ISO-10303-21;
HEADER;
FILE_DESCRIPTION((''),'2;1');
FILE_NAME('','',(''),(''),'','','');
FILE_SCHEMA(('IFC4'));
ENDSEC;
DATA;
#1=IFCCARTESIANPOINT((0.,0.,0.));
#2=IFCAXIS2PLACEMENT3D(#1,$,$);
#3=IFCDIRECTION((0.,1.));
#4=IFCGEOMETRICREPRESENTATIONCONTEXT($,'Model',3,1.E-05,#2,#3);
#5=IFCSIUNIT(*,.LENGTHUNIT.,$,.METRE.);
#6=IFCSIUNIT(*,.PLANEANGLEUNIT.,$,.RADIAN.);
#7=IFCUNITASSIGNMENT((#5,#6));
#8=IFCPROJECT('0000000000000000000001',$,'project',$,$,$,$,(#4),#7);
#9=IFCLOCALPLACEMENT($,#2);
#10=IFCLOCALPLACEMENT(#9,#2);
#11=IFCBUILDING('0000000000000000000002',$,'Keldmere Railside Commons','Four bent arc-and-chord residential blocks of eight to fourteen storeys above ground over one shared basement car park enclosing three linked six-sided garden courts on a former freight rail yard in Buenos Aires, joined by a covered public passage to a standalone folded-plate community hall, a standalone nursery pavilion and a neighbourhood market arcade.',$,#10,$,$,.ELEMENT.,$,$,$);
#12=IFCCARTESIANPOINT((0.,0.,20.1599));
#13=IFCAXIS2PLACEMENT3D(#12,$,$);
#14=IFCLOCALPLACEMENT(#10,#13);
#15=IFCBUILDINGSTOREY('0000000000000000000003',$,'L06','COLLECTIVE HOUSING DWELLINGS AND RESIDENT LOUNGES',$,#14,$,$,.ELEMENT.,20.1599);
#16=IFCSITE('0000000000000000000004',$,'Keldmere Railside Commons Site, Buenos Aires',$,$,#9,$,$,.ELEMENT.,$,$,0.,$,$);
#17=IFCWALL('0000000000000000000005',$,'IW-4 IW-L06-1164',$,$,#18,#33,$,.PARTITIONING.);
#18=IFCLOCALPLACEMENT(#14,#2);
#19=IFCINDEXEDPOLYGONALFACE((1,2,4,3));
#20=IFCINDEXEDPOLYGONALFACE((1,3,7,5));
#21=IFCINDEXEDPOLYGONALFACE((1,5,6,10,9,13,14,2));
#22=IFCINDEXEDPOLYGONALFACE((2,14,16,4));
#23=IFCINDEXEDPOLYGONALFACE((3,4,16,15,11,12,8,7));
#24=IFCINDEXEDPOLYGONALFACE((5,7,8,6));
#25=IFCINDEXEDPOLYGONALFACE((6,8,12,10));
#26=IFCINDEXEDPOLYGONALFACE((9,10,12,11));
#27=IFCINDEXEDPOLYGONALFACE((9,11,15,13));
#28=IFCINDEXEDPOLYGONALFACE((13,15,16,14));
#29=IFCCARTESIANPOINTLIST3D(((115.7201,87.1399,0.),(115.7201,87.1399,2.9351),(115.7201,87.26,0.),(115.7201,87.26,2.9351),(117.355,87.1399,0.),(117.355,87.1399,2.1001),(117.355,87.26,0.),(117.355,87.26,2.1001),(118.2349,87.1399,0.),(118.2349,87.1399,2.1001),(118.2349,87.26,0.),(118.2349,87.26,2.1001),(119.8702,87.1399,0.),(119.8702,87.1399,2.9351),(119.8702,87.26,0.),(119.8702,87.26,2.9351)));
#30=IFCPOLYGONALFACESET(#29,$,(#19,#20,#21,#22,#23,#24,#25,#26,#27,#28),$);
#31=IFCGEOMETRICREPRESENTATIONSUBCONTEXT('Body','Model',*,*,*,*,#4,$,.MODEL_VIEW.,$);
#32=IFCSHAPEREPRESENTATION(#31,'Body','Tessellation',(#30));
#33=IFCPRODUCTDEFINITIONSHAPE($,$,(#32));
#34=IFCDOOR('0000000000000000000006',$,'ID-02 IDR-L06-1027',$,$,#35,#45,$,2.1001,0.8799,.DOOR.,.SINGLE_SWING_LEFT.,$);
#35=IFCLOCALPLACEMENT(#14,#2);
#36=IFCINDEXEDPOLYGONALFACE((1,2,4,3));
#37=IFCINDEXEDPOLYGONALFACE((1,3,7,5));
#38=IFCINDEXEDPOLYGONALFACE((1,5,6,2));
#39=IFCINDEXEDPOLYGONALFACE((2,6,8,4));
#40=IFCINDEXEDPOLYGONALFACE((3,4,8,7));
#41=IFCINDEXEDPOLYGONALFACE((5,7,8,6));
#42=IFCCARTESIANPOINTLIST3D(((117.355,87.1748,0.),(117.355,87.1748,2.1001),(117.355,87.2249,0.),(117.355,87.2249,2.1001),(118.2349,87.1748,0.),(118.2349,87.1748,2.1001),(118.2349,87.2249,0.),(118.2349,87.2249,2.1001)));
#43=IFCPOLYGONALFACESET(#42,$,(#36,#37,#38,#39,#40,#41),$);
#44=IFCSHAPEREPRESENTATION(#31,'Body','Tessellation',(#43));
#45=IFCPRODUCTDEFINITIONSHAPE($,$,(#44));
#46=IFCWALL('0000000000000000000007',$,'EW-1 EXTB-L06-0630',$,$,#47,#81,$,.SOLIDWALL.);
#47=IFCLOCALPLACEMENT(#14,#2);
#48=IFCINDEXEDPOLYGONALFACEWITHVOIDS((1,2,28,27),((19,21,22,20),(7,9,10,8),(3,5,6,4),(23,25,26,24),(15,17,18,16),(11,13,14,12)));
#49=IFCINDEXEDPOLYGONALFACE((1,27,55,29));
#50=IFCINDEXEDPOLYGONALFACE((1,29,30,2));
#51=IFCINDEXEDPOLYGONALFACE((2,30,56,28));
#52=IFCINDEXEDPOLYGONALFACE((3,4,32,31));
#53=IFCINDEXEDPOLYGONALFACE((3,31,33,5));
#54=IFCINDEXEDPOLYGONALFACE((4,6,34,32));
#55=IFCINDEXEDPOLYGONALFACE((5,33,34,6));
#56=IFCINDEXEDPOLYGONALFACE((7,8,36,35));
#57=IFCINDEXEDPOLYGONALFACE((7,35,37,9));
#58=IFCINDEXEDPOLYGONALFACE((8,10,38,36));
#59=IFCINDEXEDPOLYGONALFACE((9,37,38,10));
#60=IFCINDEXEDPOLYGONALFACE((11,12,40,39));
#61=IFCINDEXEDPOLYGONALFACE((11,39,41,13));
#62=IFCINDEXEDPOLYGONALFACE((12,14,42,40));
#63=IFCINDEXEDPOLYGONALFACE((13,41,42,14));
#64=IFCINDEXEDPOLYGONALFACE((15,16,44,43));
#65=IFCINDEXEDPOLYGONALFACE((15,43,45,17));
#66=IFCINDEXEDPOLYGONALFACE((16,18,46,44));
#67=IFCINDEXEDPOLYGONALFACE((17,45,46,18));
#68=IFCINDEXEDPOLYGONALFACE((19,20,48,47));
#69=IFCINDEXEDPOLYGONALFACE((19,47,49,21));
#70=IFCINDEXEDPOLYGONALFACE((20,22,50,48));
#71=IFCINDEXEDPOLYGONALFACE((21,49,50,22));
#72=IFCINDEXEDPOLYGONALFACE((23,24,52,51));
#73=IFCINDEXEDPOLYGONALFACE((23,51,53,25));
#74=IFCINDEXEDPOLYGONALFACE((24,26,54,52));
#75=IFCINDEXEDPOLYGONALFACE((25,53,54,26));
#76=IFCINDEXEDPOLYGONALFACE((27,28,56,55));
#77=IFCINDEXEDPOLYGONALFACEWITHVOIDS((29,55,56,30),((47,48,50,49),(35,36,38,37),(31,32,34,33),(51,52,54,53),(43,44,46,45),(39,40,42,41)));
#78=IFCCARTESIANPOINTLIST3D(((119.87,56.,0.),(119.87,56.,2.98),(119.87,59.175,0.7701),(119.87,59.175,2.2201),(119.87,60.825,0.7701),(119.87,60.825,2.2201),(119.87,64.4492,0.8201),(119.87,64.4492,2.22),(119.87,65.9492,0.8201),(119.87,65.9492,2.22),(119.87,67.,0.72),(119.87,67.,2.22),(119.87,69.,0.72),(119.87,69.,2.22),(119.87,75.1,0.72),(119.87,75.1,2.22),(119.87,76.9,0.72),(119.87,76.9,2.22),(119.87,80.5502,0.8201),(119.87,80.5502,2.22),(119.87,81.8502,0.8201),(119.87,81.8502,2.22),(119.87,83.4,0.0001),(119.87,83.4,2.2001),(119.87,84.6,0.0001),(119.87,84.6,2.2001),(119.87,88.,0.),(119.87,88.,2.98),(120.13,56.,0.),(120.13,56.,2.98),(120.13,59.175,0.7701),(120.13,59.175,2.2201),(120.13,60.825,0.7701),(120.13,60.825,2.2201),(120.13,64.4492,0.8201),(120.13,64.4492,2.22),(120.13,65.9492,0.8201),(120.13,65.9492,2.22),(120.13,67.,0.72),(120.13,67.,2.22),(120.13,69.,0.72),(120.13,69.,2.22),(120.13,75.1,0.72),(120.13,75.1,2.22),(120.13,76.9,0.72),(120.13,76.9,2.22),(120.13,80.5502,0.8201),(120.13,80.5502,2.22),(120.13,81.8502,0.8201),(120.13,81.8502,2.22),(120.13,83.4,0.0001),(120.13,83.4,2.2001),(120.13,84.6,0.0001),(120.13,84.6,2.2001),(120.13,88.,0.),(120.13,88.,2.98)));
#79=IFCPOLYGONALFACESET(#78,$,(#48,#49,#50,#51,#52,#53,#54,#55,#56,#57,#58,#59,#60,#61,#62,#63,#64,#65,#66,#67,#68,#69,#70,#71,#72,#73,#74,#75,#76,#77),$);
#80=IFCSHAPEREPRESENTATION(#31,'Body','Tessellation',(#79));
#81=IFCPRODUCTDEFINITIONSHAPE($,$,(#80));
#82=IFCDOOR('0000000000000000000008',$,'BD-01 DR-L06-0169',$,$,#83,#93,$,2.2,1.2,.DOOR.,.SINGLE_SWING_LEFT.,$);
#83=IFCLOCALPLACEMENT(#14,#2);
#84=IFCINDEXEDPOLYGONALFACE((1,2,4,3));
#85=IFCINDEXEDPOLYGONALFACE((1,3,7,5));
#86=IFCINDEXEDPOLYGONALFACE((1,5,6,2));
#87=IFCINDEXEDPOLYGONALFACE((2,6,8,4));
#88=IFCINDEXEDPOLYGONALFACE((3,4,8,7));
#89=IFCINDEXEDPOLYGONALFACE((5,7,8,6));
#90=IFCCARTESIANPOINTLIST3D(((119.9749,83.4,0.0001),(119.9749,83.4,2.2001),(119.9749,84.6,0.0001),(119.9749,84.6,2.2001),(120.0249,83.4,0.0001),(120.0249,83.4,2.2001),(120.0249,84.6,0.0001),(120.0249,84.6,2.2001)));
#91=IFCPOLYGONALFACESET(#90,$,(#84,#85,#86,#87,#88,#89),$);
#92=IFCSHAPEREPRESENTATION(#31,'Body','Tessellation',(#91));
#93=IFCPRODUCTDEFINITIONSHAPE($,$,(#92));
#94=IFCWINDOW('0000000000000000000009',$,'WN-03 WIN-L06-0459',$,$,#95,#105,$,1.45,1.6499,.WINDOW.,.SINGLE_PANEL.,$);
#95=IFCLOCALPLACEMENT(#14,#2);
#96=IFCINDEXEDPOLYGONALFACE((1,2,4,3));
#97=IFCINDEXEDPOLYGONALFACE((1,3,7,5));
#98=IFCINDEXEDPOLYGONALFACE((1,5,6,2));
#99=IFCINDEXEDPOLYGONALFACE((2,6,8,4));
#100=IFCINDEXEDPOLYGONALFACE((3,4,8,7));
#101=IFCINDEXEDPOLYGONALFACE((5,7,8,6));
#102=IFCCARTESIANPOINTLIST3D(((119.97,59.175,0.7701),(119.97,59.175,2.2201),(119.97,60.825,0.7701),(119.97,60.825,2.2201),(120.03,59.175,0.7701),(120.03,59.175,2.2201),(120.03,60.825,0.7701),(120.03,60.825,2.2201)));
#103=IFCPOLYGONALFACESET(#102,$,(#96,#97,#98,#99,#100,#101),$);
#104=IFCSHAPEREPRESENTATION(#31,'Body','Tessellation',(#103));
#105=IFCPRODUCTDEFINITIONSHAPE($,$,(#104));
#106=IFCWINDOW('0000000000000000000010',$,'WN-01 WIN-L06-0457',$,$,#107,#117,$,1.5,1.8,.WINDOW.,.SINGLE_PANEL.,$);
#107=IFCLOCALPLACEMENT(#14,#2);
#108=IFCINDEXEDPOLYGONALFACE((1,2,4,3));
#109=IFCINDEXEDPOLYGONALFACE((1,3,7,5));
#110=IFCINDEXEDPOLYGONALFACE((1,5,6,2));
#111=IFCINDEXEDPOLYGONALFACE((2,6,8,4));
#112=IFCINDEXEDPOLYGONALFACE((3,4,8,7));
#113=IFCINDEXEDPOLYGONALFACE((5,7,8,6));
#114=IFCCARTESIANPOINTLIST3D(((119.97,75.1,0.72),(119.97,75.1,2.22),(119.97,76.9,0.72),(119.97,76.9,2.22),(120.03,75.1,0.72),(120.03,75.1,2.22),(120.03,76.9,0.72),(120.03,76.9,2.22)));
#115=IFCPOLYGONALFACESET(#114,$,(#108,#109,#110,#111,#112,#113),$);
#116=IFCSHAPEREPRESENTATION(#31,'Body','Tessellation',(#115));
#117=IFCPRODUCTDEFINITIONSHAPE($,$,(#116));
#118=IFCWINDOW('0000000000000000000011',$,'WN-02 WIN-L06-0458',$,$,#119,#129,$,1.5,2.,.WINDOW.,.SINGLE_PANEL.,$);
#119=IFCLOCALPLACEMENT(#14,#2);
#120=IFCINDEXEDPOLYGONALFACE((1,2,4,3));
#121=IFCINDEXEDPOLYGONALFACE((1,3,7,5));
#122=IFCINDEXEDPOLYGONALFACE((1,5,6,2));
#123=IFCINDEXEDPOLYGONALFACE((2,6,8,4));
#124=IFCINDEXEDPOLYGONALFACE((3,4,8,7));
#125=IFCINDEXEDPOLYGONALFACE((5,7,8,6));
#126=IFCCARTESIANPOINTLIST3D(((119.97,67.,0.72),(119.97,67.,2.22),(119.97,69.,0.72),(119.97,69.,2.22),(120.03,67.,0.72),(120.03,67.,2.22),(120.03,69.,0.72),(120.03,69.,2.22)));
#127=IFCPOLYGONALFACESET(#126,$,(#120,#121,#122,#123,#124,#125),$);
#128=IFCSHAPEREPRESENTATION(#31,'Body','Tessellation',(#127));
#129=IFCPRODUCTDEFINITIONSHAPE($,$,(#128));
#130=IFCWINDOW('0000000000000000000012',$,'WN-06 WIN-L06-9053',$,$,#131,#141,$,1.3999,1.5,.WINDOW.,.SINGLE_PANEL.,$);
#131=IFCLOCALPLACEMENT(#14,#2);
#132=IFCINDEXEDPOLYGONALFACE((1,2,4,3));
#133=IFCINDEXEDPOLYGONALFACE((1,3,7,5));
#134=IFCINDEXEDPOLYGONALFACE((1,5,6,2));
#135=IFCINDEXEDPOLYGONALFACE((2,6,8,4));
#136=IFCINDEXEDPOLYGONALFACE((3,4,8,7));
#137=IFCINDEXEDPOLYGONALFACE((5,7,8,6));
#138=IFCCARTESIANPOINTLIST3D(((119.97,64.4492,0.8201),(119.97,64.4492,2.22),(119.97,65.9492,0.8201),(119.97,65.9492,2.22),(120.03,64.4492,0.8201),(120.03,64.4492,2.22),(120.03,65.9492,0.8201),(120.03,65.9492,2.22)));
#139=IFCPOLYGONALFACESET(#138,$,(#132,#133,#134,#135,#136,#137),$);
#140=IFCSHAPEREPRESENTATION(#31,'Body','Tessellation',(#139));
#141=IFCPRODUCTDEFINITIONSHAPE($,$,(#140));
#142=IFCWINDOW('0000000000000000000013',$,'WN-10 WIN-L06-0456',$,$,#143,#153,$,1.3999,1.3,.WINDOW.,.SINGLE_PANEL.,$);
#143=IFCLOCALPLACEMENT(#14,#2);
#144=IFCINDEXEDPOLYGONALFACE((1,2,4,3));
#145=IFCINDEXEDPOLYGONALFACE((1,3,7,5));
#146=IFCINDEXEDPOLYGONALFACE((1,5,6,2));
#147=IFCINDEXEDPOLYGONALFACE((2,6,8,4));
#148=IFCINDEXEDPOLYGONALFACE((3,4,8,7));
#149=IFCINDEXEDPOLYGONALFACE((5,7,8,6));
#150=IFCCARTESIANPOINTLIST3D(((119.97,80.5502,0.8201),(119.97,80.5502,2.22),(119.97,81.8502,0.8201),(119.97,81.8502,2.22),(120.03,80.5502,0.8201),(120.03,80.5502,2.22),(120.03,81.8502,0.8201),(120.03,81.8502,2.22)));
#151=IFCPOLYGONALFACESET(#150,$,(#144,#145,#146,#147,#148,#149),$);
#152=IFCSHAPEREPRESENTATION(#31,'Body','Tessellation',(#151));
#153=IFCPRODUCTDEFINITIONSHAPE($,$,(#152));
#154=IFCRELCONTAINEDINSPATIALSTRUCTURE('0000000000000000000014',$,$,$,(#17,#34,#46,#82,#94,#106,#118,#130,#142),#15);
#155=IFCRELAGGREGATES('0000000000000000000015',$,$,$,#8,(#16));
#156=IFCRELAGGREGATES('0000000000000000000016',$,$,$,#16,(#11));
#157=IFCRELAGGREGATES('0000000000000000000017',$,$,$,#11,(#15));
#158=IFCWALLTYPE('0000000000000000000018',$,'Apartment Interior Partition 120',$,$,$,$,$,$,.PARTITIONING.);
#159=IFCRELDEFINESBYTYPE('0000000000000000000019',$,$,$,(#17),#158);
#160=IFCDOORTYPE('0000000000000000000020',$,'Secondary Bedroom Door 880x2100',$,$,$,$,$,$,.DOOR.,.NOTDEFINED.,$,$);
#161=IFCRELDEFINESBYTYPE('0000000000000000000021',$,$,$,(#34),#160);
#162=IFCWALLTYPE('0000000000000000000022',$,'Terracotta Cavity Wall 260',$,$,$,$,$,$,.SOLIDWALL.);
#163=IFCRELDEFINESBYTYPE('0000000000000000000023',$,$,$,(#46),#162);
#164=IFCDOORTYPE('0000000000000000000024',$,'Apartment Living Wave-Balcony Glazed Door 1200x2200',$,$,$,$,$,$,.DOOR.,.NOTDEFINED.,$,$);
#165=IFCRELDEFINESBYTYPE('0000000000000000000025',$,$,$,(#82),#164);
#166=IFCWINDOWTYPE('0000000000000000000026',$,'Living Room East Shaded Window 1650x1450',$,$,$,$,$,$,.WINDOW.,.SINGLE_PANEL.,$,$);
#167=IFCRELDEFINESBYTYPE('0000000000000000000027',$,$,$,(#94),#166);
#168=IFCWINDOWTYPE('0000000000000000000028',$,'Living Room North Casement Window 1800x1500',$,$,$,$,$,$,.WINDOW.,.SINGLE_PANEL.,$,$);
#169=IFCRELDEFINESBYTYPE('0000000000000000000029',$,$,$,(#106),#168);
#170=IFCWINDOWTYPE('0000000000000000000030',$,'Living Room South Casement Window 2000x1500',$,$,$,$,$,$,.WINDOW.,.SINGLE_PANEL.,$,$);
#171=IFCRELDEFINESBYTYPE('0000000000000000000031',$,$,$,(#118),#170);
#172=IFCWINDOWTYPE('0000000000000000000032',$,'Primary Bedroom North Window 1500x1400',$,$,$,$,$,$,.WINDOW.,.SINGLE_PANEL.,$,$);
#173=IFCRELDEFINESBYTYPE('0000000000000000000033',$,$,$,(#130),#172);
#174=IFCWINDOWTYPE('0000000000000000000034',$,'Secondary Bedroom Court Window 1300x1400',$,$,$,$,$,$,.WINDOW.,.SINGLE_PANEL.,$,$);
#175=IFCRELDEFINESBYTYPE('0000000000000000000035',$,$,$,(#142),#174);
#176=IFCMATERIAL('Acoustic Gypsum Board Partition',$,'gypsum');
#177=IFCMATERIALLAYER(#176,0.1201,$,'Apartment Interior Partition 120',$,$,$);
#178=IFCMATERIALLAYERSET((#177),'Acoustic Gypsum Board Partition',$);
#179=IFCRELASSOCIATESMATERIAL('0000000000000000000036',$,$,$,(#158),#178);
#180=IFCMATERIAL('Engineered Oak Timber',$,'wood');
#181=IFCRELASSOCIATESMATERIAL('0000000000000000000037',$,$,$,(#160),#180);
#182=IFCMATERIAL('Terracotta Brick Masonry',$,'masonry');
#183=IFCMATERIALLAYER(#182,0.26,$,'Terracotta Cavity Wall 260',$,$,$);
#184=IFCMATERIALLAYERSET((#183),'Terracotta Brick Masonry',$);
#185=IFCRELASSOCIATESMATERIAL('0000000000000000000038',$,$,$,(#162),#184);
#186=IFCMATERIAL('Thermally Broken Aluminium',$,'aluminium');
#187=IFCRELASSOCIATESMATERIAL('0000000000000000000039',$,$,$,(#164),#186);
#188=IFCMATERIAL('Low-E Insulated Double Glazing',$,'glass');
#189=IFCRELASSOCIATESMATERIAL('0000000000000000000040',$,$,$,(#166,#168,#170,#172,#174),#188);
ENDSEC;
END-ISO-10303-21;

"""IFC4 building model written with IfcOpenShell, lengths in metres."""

from ifc_helpers import new_model, si_unit, direction, frame, frame_2d, origin, place, context, subcontext, project, spatial, rectangle, extrude, material, layer, layer_set, type_object, element, fill, save


model = new_model("IFC4")

# Units and contexts
model_context = context("Model", 3, precision=1e-05, world=origin(), true_north=direction((0.0, 1.0)))
body_context = subcontext(model_context, "Body", "Model", "MODEL_VIEW")
ifc_project = project(units=[si_unit("LENGTHUNIT", "METRE"), si_unit("PLANEANGLEUNIT", "RADIAN")], contexts=[model_context])

# Site, building, storey
site_placement = place(None, origin())
site = spatial("IfcSite", under=ifc_project, at=site_placement, Name="Keldmere Railside Commons Site, Buenos Aires", CompositionType="ELEMENT", RefElevation=0.0)
building_placement = place(site_placement, origin())
building = spatial("IfcBuilding", under=site, at=building_placement, Name="Keldmere Railside Commons", Description="Four bent arc-and-chord residential blocks of eight to fourteen storeys above ground over one shared basement car park enclosing three linked six-sided garden courts on a former freight rail yard in Buenos Aires, joined by a covered public passage to a standalone folded-plate community hall, a standalone nursery pavilion and a neighbourhood market arcade.", CompositionType="ELEMENT")
storey_placement = place(building_placement, frame((0.0, 0.0, 20.1599)))
storey = spatial("IfcBuildingStorey", under=building, at=storey_placement, Name="L06", Description="COLLECTIVE HOUSING DWELLINGS AND RESIDENT LOUNGES", CompositionType="ELEMENT", Elevation=20.1599)

# Shared definitions
ifc_material_1 = material(Name="Thermally Broken Aluminium", Category="aluminium")
ifc_material_2 = material(Name="Low-E Insulated Double Glazing", Category="glass")

# Wall, opening, door
ifc_material_3 = material(Name="Acoustic Gypsum Board Partition", Category="gypsum")
ifc_layer_1 = layer(ifc_material_3, 0.1201, Name="Apartment Interior Partition 120")
ifc_layer_set_1 = layer_set([ifc_layer_1], Name="Acoustic Gypsum Board Partition")
wall_type_1 = type_object("IfcWallType", Name="Apartment Interior Partition 120", PredefinedType="PARTITIONING", material=ifc_layer_set_1)
wall_1_placement = place(storey_placement, frame((115.72, 87.2, 0.0), z_axis=(0.0, 0.0, 1.0), x_axis=(1.0, 0.0, 0.0)))
wall_1 = element("IfcWall", 1, at=wall_1_placement, inside=storey, type_object=wall_type_1, Name="IW-4 IW-L06-1164", PredefinedType="PARTITIONING", context=body_context, shape_type="SweptSolid", body=[
    extrude(rectangle(XDim=4.1501, YDim=0.1201, at=frame_2d((2.0752, 0.0))), origin(), (0.0, 0.0, 1.0), 2.9351),
])
opening_1_placement = place(wall_1_placement, frame((1.635, 0.0, 0.0)))
opening_1 = element("IfcOpeningElement", 2, at=opening_1_placement, cuts=wall_1, PredefinedType="OPENING", context=body_context, shape_type="SweptSolid", body=[
    extrude(rectangle(XDim=0.8799, YDim=2.1001, at=frame_2d((0.4399, 1.05))), frame((0.0, 0.0701, 0.0), z_axis=(0.0, -1.0, 0.0), x_axis=(1.0, 0.0, 0.0)), (0.0, 0.0, 1.0), 0.1401),
])
ifc_material_4 = material(Name="Engineered Oak Timber", Category="wood")
door_type_1 = type_object("IfcDoorType", Name="Secondary Bedroom Door 880x2100", OperationType="NOTDEFINED", PredefinedType="DOOR", material=ifc_material_4)
door_1_placement = place(opening_1_placement, origin())
door_1 = element("IfcDoor", 3, at=door_1_placement, inside=storey, type_object=door_type_1, Name="ID-02 IDR-L06-1027", OperationType="SINGLE_SWING_LEFT", OverallHeight=2.1001, OverallWidth=0.8799, PredefinedType="DOOR", context=body_context, shape_type="SweptSolid", body=[
    extrude(rectangle(XDim=0.8799, YDim=2.1001, at=frame_2d((0.4399, 1.05))), frame((0.0, 0.0249, 0.0), z_axis=(0.0, -1.0, 0.0), x_axis=(1.0, 0.0, 0.0)), (0.0, 0.0, 1.0), 0.05),
])
fill(opening_1, door_1)

# Wall, openings, door, windows
ifc_material_5 = material(Name="Terracotta Brick Masonry", Category="masonry")
ifc_layer_2 = layer(ifc_material_5, 0.26, Name="Terracotta Cavity Wall 260")
ifc_layer_set_2 = layer_set([ifc_layer_2], Name="Terracotta Brick Masonry")
wall_type_2 = type_object("IfcWallType", Name="Terracotta Cavity Wall 260", PredefinedType="SOLIDWALL", material=ifc_layer_set_2)
wall_2_placement = place(storey_placement, frame((120.0, 88.0, 0.0), z_axis=(0.0, 0.0, 1.0), x_axis=(0.0, -1.0, 0.0)))
wall_2 = element("IfcWall", 4, at=wall_2_placement, inside=storey, type_object=wall_type_2, Name="EW-1 EXTB-L06-0630", PredefinedType="SOLIDWALL", context=body_context, shape_type="SweptSolid", body=[
    extrude(rectangle(XDim=32.0, YDim=0.26, at=frame_2d((16.0, 0.0))), origin(), (0.0, 0.0, 1.0), 2.98),
])
opening_2_placement = place(wall_2_placement, frame((3.3999, 0.0, 0.0)))
opening_2 = element("IfcOpeningElement", 5, at=opening_2_placement, cuts=wall_2, PredefinedType="OPENING", context=body_context, shape_type="SweptSolid", body=[
    extrude(rectangle(XDim=1.2, YDim=2.2, at=frame_2d((0.6001, 1.1001))), frame((0.0, 0.1399, 0.0), z_axis=(0.0, -1.0, 0.0), x_axis=(1.0, 0.0, 0.0)), (0.0, 0.0, 1.0), 0.28),
])
opening_3_placement = place(wall_2_placement, frame((6.1499, 0.0, 0.8201)))
opening_3 = element("IfcOpeningElement", 6, at=opening_3_placement, cuts=wall_2, PredefinedType="OPENING", context=body_context, shape_type="SweptSolid", body=[
    extrude(rectangle(XDim=1.3, YDim=1.3999, at=frame_2d((0.6499, 0.7))), frame((0.0, 0.1399, 0.0), z_axis=(0.0, -1.0, 0.0), x_axis=(1.0, 0.0, 0.0)), (0.0, 0.0, 1.0), 0.28),
])
opening_4_placement = place(wall_2_placement, frame((11.1001, 0.0, 0.72)))
opening_4 = element("IfcOpeningElement", 7, at=opening_4_placement, cuts=wall_2, PredefinedType="OPENING", context=body_context, shape_type="SweptSolid", body=[
    extrude(rectangle(XDim=1.8, YDim=1.5, at=frame_2d((0.8999, 0.75))), frame((0.0, 0.1399, 0.0), z_axis=(0.0, -1.0, 0.0), x_axis=(1.0, 0.0, 0.0)), (0.0, 0.0, 1.0), 0.28),
])
opening_5_placement = place(wall_2_placement, frame((19.0, 0.0, 0.72)))
opening_5 = element("IfcOpeningElement", 8, at=opening_5_placement, cuts=wall_2, PredefinedType="OPENING", context=body_context, shape_type="SweptSolid", body=[
    extrude(rectangle(XDim=2.0, YDim=1.5, at=frame_2d((1.0, 0.75))), frame((0.0, 0.1399, 0.0), z_axis=(0.0, -1.0, 0.0), x_axis=(1.0, 0.0, 0.0)), (0.0, 0.0, 1.0), 0.28),
])
opening_6_placement = place(wall_2_placement, frame((27.175, 0.0, 0.77)))
opening_6 = element("IfcOpeningElement", 9, at=opening_6_placement, cuts=wall_2, PredefinedType="OPENING", context=body_context, shape_type="SweptSolid", body=[
    extrude(rectangle(XDim=1.6499, YDim=1.45, at=frame_2d((0.825, 0.7251))), frame((0.0, 0.1399, 0.0), z_axis=(0.0, -1.0, 0.0), x_axis=(1.0, 0.0, 0.0)), (0.0, 0.0, 1.0), 0.28),
])
opening_7_placement = place(wall_2_placement, frame((22.0508, 0.0, 0.8201)))
opening_7 = element("IfcOpeningElement", 10, at=opening_7_placement, cuts=wall_2, PredefinedType="OPENING", context=body_context, shape_type="SweptSolid", body=[
    extrude(rectangle(XDim=1.5, YDim=1.3999, at=frame_2d((0.75, 0.7))), frame((0.0, 0.1399, 0.0), z_axis=(0.0, -1.0, 0.0), x_axis=(1.0, 0.0, 0.0)), (0.0, 0.0, 1.0), 0.28),
])
door_type_2 = type_object("IfcDoorType", Name="Apartment Living Wave-Balcony Glazed Door 1200x2200", OperationType="NOTDEFINED", PredefinedType="DOOR", material=ifc_material_1)
door_2_placement = place(opening_2_placement, origin())
door_2 = element("IfcDoor", 11, at=door_2_placement, inside=storey, type_object=door_type_2, Name="BD-01 DR-L06-0169", OperationType="SINGLE_SWING_LEFT", OverallHeight=2.2, OverallWidth=1.2, PredefinedType="DOOR", context=body_context, shape_type="SweptSolid", body=[
    extrude(rectangle(XDim=1.2, YDim=2.2, at=frame_2d((0.6001, 1.1001))), frame((0.0, 0.0249, 0.0), z_axis=(0.0, -1.0, 0.0), x_axis=(1.0, 0.0, 0.0)), (0.0, 0.0, 1.0), 0.05),
])
fill(opening_2, door_2)
window_type_1 = type_object("IfcWindowType", Name="Living Room East Shaded Window 1650x1450", PartitioningType="SINGLE_PANEL", PredefinedType="WINDOW", material=ifc_material_2)
window_1_placement = place(opening_6_placement, origin())
window_1 = element("IfcWindow", 12, at=window_1_placement, inside=storey, type_object=window_type_1, Name="WN-03 WIN-L06-0459", OverallHeight=1.45, OverallWidth=1.6499, PartitioningType="SINGLE_PANEL", PredefinedType="WINDOW", context=body_context, shape_type="SweptSolid", body=[
    extrude(rectangle(XDim=1.6499, YDim=1.45, at=frame_2d((0.825, 0.7251))), frame((0.0, 0.03, 0.0), z_axis=(0.0, -1.0, 0.0), x_axis=(1.0, 0.0, 0.0)), (0.0, 0.0, 1.0), 0.0601),
])
fill(opening_6, window_1)
window_type_2 = type_object("IfcWindowType", Name="Living Room North Casement Window 1800x1500", PartitioningType="SINGLE_PANEL", PredefinedType="WINDOW", material=ifc_material_2)
window_2_placement = place(opening_4_placement, origin())
window_2 = element("IfcWindow", 13, at=window_2_placement, inside=storey, type_object=window_type_2, Name="WN-01 WIN-L06-0457", OverallHeight=1.5, OverallWidth=1.8, PartitioningType="SINGLE_PANEL", PredefinedType="WINDOW", context=body_context, shape_type="SweptSolid", body=[
    extrude(rectangle(XDim=1.8, YDim=1.5, at=frame_2d((0.8999, 0.75))), frame((0.0, 0.03, 0.0), z_axis=(0.0, -1.0, 0.0), x_axis=(1.0, 0.0, 0.0)), (0.0, 0.0, 1.0), 0.0601),
])
fill(opening_4, window_2)
window_type_3 = type_object("IfcWindowType", Name="Living Room South Casement Window 2000x1500", PartitioningType="SINGLE_PANEL", PredefinedType="WINDOW", material=ifc_material_2)
window_3_placement = place(opening_5_placement, origin())
window_3 = element("IfcWindow", 14, at=window_3_placement, inside=storey, type_object=window_type_3, Name="WN-02 WIN-L06-0458", OverallHeight=1.5, OverallWidth=2.0, PartitioningType="SINGLE_PANEL", PredefinedType="WINDOW", context=body_context, shape_type="SweptSolid", body=[
    extrude(rectangle(XDim=2.0, YDim=1.5, at=frame_2d((1.0, 0.75))), frame((0.0, 0.03, 0.0), z_axis=(0.0, -1.0, 0.0), x_axis=(1.0, 0.0, 0.0)), (0.0, 0.0, 1.0), 0.0601),
])
fill(opening_5, window_3)
window_type_4 = type_object("IfcWindowType", Name="Primary Bedroom North Window 1500x1400", PartitioningType="SINGLE_PANEL", PredefinedType="WINDOW", material=ifc_material_2)
window_4_placement = place(opening_7_placement, origin())
window_4 = element("IfcWindow", 15, at=window_4_placement, inside=storey, type_object=window_type_4, Name="WN-06 WIN-L06-9053", OverallHeight=1.3999, OverallWidth=1.5, PartitioningType="SINGLE_PANEL", PredefinedType="WINDOW", context=body_context, shape_type="SweptSolid", body=[
    extrude(rectangle(XDim=1.5, YDim=1.3999, at=frame_2d((0.75, 0.7))), frame((0.0, 0.03, 0.0), z_axis=(0.0, -1.0, 0.0), x_axis=(1.0, 0.0, 0.0)), (0.0, 0.0, 1.0), 0.0601),
])
fill(opening_7, window_4)
window_type_5 = type_object("IfcWindowType", Name="Secondary Bedroom Court Window 1300x1400", PartitioningType="SINGLE_PANEL", PredefinedType="WINDOW", material=ifc_material_2)
window_5_placement = place(opening_3_placement, origin())
window_5 = element("IfcWindow", 16, at=window_5_placement, inside=storey, type_object=window_type_5, Name="WN-10 WIN-L06-0456", OverallHeight=1.3999, OverallWidth=1.3, PartitioningType="SINGLE_PANEL", PredefinedType="WINDOW", context=body_context, shape_type="SweptSolid", body=[
    extrude(rectangle(XDim=1.3, YDim=1.3999, at=frame_2d((0.6499, 0.7))), frame((0.0, 0.03, 0.0), z_axis=(0.0, -1.0, 0.0), x_axis=(1.0, 0.0, 0.0)), (0.0, 0.0, 1.0), 0.0601),
])
fill(opening_3, window_5)

save(model, "model.ifc")
